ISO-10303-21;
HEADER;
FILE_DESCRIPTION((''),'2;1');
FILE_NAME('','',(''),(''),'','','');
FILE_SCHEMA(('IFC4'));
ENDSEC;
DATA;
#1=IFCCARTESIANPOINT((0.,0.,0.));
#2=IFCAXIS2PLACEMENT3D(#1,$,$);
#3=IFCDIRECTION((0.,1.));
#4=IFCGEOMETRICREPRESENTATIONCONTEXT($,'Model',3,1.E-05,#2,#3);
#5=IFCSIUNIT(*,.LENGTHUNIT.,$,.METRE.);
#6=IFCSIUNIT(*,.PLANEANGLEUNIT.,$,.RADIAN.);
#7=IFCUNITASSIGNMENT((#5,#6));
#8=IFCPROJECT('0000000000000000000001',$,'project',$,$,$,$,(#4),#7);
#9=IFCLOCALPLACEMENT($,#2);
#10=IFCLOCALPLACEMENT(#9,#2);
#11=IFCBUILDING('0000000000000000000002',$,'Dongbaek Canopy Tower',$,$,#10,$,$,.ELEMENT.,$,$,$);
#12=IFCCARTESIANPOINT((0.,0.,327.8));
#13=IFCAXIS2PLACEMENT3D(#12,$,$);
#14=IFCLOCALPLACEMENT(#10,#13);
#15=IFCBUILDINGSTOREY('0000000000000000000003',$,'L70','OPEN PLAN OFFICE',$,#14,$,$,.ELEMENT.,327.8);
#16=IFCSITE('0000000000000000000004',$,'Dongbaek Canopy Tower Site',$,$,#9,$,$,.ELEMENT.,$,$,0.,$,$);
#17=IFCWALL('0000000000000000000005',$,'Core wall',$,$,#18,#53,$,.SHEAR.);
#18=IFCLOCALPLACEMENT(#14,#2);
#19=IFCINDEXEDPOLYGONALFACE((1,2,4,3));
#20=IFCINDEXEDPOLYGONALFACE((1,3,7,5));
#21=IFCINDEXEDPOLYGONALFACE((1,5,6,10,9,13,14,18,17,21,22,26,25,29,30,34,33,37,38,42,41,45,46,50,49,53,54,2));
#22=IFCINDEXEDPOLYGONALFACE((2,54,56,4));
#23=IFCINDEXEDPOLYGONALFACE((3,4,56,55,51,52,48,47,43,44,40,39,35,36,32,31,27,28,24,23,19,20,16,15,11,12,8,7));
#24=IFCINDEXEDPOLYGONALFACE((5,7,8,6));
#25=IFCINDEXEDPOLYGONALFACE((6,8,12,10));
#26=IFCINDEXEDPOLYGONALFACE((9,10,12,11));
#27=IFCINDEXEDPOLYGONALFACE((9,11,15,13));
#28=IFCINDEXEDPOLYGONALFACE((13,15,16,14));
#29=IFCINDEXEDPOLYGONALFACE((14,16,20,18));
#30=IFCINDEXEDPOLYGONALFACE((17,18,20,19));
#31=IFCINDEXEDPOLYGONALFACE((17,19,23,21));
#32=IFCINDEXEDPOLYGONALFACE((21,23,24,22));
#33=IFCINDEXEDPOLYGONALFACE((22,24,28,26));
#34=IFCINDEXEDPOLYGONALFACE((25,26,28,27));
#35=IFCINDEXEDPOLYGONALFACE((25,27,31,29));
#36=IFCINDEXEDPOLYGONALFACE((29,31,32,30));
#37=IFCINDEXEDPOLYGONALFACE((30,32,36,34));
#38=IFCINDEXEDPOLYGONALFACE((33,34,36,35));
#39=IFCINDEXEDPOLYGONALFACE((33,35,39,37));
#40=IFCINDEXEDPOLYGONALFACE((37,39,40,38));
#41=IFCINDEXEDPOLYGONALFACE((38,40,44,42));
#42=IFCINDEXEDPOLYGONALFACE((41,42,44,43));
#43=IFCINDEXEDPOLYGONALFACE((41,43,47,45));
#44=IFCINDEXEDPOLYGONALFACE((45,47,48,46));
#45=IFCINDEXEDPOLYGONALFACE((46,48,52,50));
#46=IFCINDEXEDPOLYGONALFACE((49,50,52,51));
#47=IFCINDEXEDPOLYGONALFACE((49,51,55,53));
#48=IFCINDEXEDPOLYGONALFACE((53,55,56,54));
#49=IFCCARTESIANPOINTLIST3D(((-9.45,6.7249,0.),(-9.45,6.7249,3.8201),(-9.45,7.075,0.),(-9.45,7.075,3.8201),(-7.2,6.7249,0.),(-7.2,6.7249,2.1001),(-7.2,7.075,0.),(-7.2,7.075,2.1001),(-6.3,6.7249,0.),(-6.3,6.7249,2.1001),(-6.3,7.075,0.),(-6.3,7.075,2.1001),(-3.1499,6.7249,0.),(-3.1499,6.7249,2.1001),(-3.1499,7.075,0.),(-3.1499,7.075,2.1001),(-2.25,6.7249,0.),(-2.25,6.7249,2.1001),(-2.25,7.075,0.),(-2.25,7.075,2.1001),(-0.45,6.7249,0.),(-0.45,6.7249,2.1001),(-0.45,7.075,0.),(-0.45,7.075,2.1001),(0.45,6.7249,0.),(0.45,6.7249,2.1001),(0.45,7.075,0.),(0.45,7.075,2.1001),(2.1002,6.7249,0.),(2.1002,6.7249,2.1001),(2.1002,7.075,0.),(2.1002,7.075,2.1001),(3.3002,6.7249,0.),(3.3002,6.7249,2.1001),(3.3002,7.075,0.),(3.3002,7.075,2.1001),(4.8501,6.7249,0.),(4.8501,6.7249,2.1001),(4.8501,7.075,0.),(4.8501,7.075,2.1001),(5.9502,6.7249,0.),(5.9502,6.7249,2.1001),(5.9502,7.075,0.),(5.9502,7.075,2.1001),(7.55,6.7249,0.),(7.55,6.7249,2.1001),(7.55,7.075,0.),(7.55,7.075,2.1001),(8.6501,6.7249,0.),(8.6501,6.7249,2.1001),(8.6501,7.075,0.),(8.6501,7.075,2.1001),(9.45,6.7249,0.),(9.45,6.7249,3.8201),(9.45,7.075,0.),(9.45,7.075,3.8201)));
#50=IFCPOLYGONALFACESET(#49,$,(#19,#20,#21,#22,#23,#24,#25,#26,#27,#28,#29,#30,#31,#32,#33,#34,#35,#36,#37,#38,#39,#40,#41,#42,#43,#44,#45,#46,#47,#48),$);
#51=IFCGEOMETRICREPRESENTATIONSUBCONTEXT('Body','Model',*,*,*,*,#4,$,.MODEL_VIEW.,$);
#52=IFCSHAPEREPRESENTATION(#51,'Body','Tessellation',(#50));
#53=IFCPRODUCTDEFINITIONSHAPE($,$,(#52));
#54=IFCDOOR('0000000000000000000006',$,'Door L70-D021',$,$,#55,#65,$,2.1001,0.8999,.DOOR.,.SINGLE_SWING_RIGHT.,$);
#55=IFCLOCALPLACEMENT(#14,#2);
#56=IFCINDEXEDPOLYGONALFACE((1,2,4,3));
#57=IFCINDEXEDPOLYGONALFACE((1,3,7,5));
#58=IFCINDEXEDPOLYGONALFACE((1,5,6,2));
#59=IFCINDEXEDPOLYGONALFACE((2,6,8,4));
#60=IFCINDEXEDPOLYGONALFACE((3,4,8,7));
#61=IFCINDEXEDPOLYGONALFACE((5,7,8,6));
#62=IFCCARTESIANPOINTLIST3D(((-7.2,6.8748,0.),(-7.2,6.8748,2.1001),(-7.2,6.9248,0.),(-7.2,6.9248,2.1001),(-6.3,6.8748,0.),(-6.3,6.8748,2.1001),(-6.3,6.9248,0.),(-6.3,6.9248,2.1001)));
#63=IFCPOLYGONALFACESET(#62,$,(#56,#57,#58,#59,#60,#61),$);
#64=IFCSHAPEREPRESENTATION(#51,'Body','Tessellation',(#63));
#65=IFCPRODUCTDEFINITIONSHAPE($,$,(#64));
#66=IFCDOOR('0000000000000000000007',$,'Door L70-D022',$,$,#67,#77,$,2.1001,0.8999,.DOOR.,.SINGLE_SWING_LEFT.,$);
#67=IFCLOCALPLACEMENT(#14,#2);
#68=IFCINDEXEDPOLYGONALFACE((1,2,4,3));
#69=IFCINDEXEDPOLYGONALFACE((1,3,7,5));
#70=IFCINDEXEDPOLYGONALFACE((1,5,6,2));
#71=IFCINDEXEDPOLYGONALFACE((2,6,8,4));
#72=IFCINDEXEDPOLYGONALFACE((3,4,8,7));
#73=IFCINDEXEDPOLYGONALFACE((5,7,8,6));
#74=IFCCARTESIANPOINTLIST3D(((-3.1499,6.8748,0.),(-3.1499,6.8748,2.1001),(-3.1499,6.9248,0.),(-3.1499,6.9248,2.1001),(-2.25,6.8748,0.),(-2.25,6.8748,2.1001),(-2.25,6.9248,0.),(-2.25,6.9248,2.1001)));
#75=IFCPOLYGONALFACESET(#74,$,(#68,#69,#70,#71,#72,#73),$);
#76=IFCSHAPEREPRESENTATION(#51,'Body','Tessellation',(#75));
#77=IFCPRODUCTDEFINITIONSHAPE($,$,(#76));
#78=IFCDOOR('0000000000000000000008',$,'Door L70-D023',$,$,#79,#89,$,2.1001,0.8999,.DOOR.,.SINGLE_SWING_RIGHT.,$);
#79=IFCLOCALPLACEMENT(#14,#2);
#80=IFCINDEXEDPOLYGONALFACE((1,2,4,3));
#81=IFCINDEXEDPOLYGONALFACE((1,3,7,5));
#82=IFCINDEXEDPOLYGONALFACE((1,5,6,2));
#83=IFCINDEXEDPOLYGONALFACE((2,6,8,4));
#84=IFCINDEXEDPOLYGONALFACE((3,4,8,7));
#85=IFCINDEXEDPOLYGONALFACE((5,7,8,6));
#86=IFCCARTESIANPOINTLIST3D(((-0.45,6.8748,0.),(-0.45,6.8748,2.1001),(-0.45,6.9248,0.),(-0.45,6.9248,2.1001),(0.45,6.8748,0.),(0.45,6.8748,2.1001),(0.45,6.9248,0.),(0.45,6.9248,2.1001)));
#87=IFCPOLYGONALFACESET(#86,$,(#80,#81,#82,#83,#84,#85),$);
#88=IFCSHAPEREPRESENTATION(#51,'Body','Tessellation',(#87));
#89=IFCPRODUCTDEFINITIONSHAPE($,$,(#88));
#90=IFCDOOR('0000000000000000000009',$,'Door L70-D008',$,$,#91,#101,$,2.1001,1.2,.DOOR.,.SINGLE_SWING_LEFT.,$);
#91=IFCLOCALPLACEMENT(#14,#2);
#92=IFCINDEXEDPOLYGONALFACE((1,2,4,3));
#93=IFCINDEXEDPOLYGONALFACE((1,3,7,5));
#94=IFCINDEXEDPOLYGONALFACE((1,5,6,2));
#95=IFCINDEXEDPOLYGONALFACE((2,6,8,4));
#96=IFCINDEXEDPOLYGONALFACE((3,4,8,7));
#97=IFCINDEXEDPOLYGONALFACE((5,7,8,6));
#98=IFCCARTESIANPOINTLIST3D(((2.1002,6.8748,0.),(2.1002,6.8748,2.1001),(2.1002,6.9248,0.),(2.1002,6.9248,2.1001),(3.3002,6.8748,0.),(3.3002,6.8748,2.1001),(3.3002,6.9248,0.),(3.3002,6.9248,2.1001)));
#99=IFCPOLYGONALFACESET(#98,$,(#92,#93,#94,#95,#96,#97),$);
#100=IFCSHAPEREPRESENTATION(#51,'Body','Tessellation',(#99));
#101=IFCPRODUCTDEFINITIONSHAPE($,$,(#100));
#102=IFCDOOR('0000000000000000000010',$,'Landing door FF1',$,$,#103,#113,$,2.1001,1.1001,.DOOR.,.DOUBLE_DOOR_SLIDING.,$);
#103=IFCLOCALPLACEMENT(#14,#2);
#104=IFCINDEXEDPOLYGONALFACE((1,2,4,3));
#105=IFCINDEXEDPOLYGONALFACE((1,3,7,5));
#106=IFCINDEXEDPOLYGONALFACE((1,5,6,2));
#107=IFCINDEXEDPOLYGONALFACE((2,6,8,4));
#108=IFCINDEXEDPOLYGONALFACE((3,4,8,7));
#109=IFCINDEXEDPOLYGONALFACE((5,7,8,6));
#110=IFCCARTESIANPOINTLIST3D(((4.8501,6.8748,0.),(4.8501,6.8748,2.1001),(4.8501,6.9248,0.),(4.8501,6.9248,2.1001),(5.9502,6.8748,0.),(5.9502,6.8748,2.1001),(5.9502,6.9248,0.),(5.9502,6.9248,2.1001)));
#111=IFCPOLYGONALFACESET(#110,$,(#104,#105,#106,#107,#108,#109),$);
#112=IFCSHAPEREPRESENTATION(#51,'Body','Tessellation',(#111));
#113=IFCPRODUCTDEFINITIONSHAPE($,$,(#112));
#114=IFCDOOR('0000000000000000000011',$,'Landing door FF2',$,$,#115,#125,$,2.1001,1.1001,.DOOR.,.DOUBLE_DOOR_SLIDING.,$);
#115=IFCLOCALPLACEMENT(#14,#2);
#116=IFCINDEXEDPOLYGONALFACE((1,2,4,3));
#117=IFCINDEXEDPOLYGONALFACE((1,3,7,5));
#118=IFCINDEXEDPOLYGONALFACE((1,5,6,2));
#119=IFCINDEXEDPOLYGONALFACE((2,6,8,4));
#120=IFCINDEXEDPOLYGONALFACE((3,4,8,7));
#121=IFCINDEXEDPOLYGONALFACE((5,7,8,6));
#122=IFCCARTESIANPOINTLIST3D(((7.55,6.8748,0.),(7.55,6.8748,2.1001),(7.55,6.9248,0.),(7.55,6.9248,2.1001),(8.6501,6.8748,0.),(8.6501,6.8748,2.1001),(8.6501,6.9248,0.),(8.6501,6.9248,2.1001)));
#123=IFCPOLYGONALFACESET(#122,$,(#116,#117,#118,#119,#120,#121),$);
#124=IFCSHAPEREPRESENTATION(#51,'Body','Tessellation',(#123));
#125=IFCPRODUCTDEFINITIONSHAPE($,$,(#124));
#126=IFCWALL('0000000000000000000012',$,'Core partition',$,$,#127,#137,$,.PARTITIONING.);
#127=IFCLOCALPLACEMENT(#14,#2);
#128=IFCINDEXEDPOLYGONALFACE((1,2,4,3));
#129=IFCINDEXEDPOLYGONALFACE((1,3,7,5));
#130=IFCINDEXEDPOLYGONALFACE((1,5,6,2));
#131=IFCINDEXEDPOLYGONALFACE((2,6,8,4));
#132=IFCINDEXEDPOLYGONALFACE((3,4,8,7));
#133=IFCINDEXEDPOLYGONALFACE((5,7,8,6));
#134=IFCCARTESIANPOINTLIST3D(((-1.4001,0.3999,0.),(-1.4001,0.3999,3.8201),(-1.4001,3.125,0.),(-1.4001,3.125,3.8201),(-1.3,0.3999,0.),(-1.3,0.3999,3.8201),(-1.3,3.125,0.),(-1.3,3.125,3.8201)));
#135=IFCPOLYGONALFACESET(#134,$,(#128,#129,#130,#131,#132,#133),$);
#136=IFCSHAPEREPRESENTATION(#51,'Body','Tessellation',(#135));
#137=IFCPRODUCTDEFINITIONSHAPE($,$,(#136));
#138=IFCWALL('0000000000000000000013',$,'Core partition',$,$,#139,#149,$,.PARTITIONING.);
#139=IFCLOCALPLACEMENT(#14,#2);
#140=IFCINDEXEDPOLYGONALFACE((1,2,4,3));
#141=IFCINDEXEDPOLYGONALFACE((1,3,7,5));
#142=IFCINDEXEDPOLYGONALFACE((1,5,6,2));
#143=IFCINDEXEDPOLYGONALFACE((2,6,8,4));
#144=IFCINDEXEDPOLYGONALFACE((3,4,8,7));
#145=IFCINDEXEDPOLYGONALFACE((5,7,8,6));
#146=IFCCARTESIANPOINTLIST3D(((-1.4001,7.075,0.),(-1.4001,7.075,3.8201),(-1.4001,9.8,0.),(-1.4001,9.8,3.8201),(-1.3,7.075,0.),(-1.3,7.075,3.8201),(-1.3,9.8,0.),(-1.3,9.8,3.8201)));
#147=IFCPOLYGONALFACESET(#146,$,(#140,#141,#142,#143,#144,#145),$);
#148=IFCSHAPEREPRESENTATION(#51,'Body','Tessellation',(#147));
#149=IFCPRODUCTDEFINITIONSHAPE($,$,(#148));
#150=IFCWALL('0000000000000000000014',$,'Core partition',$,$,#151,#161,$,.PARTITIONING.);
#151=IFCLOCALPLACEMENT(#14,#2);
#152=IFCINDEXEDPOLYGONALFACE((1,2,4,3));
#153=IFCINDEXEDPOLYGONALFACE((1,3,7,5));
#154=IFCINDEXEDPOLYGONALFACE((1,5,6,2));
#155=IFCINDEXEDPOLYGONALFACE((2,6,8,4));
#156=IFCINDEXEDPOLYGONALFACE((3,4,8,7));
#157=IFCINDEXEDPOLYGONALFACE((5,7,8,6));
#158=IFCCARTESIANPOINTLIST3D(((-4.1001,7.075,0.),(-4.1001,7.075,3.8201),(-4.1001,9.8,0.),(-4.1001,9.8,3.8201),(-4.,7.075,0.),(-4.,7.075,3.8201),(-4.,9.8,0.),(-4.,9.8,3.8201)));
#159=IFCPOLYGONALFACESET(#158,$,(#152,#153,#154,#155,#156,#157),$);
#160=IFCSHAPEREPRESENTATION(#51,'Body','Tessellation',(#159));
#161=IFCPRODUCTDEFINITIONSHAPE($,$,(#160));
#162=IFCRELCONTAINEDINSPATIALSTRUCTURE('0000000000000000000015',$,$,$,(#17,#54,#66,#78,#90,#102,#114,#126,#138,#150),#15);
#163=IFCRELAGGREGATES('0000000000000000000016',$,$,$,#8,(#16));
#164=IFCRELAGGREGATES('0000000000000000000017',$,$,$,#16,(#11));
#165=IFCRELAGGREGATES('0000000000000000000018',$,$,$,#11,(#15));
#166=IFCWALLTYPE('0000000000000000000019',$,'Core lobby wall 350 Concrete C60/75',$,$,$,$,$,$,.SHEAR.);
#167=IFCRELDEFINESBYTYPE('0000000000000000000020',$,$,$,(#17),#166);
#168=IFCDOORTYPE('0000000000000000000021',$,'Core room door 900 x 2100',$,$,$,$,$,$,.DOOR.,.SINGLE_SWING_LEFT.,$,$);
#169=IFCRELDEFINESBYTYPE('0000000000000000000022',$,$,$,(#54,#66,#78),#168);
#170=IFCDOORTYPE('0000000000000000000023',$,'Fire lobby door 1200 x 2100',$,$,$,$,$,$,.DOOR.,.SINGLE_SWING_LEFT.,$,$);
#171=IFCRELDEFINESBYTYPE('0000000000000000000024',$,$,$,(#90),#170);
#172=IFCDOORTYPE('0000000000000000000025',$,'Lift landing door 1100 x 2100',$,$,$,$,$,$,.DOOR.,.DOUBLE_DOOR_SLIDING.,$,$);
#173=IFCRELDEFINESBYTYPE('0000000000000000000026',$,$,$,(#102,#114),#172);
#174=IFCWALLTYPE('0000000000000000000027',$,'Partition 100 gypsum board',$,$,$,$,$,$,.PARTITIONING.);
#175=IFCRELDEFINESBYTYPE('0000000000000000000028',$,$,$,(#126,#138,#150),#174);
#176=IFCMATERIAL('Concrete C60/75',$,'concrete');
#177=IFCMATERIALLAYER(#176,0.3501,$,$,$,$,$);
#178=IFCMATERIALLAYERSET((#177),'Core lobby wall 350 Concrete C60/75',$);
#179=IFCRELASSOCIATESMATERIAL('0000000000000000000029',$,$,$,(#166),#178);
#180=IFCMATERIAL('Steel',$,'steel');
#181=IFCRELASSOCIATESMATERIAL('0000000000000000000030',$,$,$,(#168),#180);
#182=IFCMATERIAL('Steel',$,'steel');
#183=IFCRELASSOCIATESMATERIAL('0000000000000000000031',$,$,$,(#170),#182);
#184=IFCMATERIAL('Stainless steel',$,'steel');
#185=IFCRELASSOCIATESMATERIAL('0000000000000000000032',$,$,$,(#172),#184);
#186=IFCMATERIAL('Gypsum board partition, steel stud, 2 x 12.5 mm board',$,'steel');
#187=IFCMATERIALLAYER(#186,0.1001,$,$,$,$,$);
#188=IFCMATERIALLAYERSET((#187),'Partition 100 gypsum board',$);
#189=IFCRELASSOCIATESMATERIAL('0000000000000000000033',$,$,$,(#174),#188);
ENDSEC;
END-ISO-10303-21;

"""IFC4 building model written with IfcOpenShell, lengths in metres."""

from ifc_helpers import new_model, si_unit, direction, frame, frame_2d, origin, place, context, subcontext, project, spatial, rectangle, extrude, material, layer, layer_set, type_object, element, fill, save


model = new_model("IFC4")

# Units and contexts
model_context = context("Model", 3, precision=1e-05, world=origin(), true_north=direction((0.0, 1.0)))
body_context = subcontext(model_context, "Body", "Model", "MODEL_VIEW")
ifc_project = project(units=[si_unit("LENGTHUNIT", "METRE"), si_unit("PLANEANGLEUNIT", "RADIAN")], contexts=[model_context])

# Site, building, storey
site_placement = place(None, origin())
site = spatial("IfcSite", under=ifc_project, at=site_placement, Name="Dongbaek Canopy Tower Site", CompositionType="ELEMENT", RefElevation=0.0)
building_placement = place(site_placement, origin())
building = spatial("IfcBuilding", under=site, at=building_placement, Name="Dongbaek Canopy Tower", CompositionType="ELEMENT")
storey_placement = place(building_placement, frame((0.0, 0.0, 327.8)))
storey = spatial("IfcBuildingStorey", under=building, at=storey_placement, Name="L70", Description="OPEN PLAN OFFICE", CompositionType="ELEMENT", Elevation=327.8)

# Wall, openings, doors
ifc_material_1 = material(Name="Concrete C60/75", Category="concrete")
ifc_layer_1 = layer(ifc_material_1, 0.3501)
ifc_layer_set_1 = layer_set([ifc_layer_1], Name="Core lobby wall 350 Concrete C60/75")
wall_type_1 = type_object("IfcWallType", Name="Core lobby wall 350 Concrete C60/75", PredefinedType="SHEAR", material=ifc_layer_set_1)
wall_1_placement = place(storey_placement, frame((-9.45, 6.8999, 0.0), z_axis=(0.0, 0.0, 1.0), x_axis=(1.0, 0.0, 0.0)))
wall_1 = element("IfcWall", 1, at=wall_1_placement, inside=storey, type_object=wall_type_1, Name="Core wall", PredefinedType="SHEAR", context=body_context, shape_type="SweptSolid", body=[
    extrude(rectangle(XDim=18.8999, YDim=0.3501, at=frame_2d((9.45, 0.0))), origin(), (0.0, 0.0, 1.0), 3.8201),
])
opening_1_placement = place(wall_1_placement, frame((11.55, 0.0, 0.0)))
opening_1 = element("IfcOpeningElement", 2, at=opening_1_placement, cuts=wall_1, PredefinedType="OPENING", context=body_context, shape_type="SweptSolid", body=[
    extrude(rectangle(XDim=1.2, YDim=2.1001, at=frame_2d((0.6001, 1.05))), frame((0.0, 0.1851, 0.0), z_axis=(0.0, -1.0, 0.0), x_axis=(1.0, 0.0, 0.0)), (0.0, 0.0, 1.0), 0.3701),
])
opening_2_placement = place(wall_1_placement, frame((14.3, 0.0, 0.0)))
opening_2 = element("IfcOpeningElement", 3, at=opening_2_placement, cuts=wall_1, PredefinedType="OPENING", context=body_context, shape_type="SweptSolid", body=[
    extrude(rectangle(XDim=1.1001, YDim=2.1001, at=frame_2d((0.55, 1.05))), frame((0.0, 0.1851, 0.0), z_axis=(0.0, -1.0, 0.0), x_axis=(1.0, 0.0, 0.0)), (0.0, 0.0, 1.0), 0.3701),
])
opening_3_placement = place(wall_1_placement, frame((17.0, 0.0, 0.0)))
opening_3 = element("IfcOpeningElement", 4, at=opening_3_placement, cuts=wall_1, PredefinedType="OPENING", context=body_context, shape_type="SweptSolid", body=[
    extrude(rectangle(XDim=1.1001, YDim=2.1001, at=frame_2d((0.55, 1.05))), frame((0.0, 0.1851, 0.0), z_axis=(0.0, -1.0, 0.0), x_axis=(1.0, 0.0, 0.0)), (0.0, 0.0, 1.0), 0.3701),
])
opening_4_placement = place(wall_1_placement, frame((2.25, 0.0, 0.0)))
opening_4 = element("IfcOpeningElement", 5, at=opening_4_placement, cuts=wall_1, PredefinedType="OPENING", context=body_context, shape_type="SweptSolid", body=[
    extrude(rectangle(XDim=0.8999, YDim=2.1001, at=frame_2d((0.45, 1.05))), frame((0.0, 0.1851, 0.0), z_axis=(0.0, -1.0, 0.0), x_axis=(1.0, 0.0, 0.0)), (0.0, 0.0, 1.0), 0.3701),
])
opening_5_placement = place(wall_1_placement, frame((6.3, 0.0, 0.0)))
opening_5 = element("IfcOpeningElement", 6, at=opening_5_placement, cuts=wall_1, PredefinedType="OPENING", context=body_context, shape_type="SweptSolid", body=[
    extrude(rectangle(XDim=0.8999, YDim=2.1001, at=frame_2d((0.45, 1.05))), frame((0.0, 0.1851, 0.0), z_axis=(0.0, -1.0, 0.0), x_axis=(1.0, 0.0, 0.0)), (0.0, 0.0, 1.0), 0.3701),
])
opening_6_placement = place(wall_1_placement, frame((9.0, 0.0, 0.0)))
opening_6 = element("IfcOpeningElement", 7, at=opening_6_placement, cuts=wall_1, PredefinedType="OPENING", context=body_context, shape_type="SweptSolid", body=[
    extrude(rectangle(XDim=0.8999, YDim=2.1001, at=frame_2d((0.45, 1.05))), frame((0.0, 0.1851, 0.0), z_axis=(0.0, -1.0, 0.0), x_axis=(1.0, 0.0, 0.0)), (0.0, 0.0, 1.0), 0.3701),
])
ifc_material_2 = material(Name="Steel", Category="steel")
door_type_1 = type_object("IfcDoorType", Name="Core room door 900 x 2100", OperationType="SINGLE_SWING_LEFT", PredefinedType="DOOR", material=ifc_material_2)
door_1_placement = place(opening_4_placement, origin())
door_1 = element("IfcDoor", 8, at=door_1_placement, inside=storey, type_object=door_type_1, Name="Door L70-D021", OperationType="SINGLE_SWING_RIGHT", OverallHeight=2.1001, OverallWidth=0.8999, PredefinedType="DOOR", context=body_context, shape_type="SweptSolid", body=[
    extrude(rectangle(XDim=0.8999, YDim=2.1001, at=frame_2d((0.45, 1.05))), frame((0.0, 0.0249, 0.0), z_axis=(0.0, -1.0, 0.0), x_axis=(1.0, 0.0, 0.0)), (0.0, 0.0, 1.0), 0.05),
])
fill(opening_4, door_1)
door_2_placement = place(opening_5_placement, origin())
door_2 = element("IfcDoor", 9, at=door_2_placement, inside=storey, type_object=door_type_1, Name="Door L70-D022", OperationType="SINGLE_SWING_LEFT", OverallHeight=2.1001, OverallWidth=0.8999, PredefinedType="DOOR", context=body_context, shape_type="SweptSolid", body=[
    extrude(rectangle(XDim=0.8999, YDim=2.1001, at=frame_2d((0.45, 1.05))), frame((0.0, 0.0249, 0.0), z_axis=(0.0, -1.0, 0.0), x_axis=(1.0, 0.0, 0.0)), (0.0, 0.0, 1.0), 0.05),
])
fill(opening_5, door_2)
door_3_placement = place(opening_6_placement, origin())
door_3 = element("IfcDoor", 10, at=door_3_placement, inside=storey, type_object=door_type_1, Name="Door L70-D023", OperationType="SINGLE_SWING_RIGHT", OverallHeight=2.1001, OverallWidth=0.8999, PredefinedType="DOOR", context=body_context, shape_type="SweptSolid", body=[
    extrude(rectangle(XDim=0.8999, YDim=2.1001, at=frame_2d((0.45, 1.05))), frame((0.0, 0.0249, 0.0), z_axis=(0.0, -1.0, 0.0), x_axis=(1.0, 0.0, 0.0)), (0.0, 0.0, 1.0), 0.05),
])
fill(opening_6, door_3)
ifc_material_3 = material(Name="Steel", Category="steel")
door_type_2 = type_object("IfcDoorType", Name="Fire lobby door 1200 x 2100", OperationType="SINGLE_SWING_LEFT", PredefinedType="DOOR", material=ifc_material_3)
door_4_placement = place(opening_1_placement, origin())
door_4 = element("IfcDoor", 11, at=door_4_placement, inside=storey, type_object=door_type_2, Name="Door L70-D008", OperationType="SINGLE_SWING_LEFT", OverallHeight=2.1001, OverallWidth=1.2, PredefinedType="DOOR", context=body_context, shape_type="SweptSolid", body=[
    extrude(rectangle(XDim=1.2, YDim=2.1001, at=frame_2d((0.6001, 1.05))), frame((0.0, 0.0249, 0.0), z_axis=(0.0, -1.0, 0.0), x_axis=(1.0, 0.0, 0.0)), (0.0, 0.0, 1.0), 0.05),
])
fill(opening_1, door_4)
ifc_material_4 = material(Name="Stainless steel", Category="steel")
door_type_3 = type_object("IfcDoorType", Name="Lift landing door 1100 x 2100", OperationType="DOUBLE_DOOR_SLIDING", PredefinedType="DOOR", material=ifc_material_4)
door_5_placement = place(opening_2_placement, origin())
door_5 = element("IfcDoor", 12, at=door_5_placement, inside=storey, type_object=door_type_3, Name="Landing door FF1", OperationType="DOUBLE_DOOR_SLIDING", OverallHeight=2.1001, OverallWidth=1.1001, PredefinedType="DOOR", context=body_context, shape_type="SweptSolid", body=[
    extrude(rectangle(XDim=1.1001, YDim=2.1001, at=frame_2d((0.55, 1.05))), frame((0.0, 0.0249, 0.0), z_axis=(0.0, -1.0, 0.0), x_axis=(1.0, 0.0, 0.0)), (0.0, 0.0, 1.0), 0.05),
])
fill(opening_2, door_5)
door_6_placement = place(opening_3_placement, origin())
door_6 = element("IfcDoor", 13, at=door_6_placement, inside=storey, type_object=door_type_3, Name="Landing door FF2", OperationType="DOUBLE_DOOR_SLIDING", OverallHeight=2.1001, OverallWidth=1.1001, PredefinedType="DOOR", context=body_context, shape_type="SweptSolid", body=[
    extrude(rectangle(XDim=1.1001, YDim=2.1001, at=frame_2d((0.55, 1.05))), frame((0.0, 0.0249, 0.0), z_axis=(0.0, -1.0, 0.0), x_axis=(1.0, 0.0, 0.0)), (0.0, 0.0, 1.0), 0.05),
])
fill(opening_3, door_6)

# Walls
ifc_material_5 = material(Name="Gypsum board partition, steel stud, 2 x 12.5 mm board", Category="steel")
ifc_layer_2 = layer(ifc_material_5, 0.1001)
ifc_layer_set_2 = layer_set([ifc_layer_2], Name="Partition 100 gypsum board")
wall_type_2 = type_object("IfcWallType", Name="Partition 100 gypsum board", PredefinedType="PARTITIONING", material=ifc_layer_set_2)
for number, where, z_axis, x_axis, name in (
    (14, (-1.3501, 0.3999, 0.0), (0.0, 0.0, 1.0), (0.0, 1.0, 0.0), "Core partition"),
    (15, (-1.3501, 7.075, 0.0), (0.0, 0.0, 1.0), (0.0, 1.0, 0.0), "Core partition"),
    (16, (-4.05, 7.075, 0.0), (0.0, 0.0, 1.0), (0.0, 1.0, 0.0), "Core partition"),
):
    element("IfcWall", number, at=place(storey_placement, frame(where, z_axis=z_axis, x_axis=x_axis)), inside=storey, type_object=wall_type_2, Name=name, PredefinedType="PARTITIONING", context=body_context, shape_type="SweptSolid", body=[
        extrude(rectangle(XDim=2.7251, YDim=0.1001, at=frame_2d((1.3625, 0.0))), origin(), (0.0, 0.0, 1.0), 3.8201),
    ])

save(model, "model.ifc")
